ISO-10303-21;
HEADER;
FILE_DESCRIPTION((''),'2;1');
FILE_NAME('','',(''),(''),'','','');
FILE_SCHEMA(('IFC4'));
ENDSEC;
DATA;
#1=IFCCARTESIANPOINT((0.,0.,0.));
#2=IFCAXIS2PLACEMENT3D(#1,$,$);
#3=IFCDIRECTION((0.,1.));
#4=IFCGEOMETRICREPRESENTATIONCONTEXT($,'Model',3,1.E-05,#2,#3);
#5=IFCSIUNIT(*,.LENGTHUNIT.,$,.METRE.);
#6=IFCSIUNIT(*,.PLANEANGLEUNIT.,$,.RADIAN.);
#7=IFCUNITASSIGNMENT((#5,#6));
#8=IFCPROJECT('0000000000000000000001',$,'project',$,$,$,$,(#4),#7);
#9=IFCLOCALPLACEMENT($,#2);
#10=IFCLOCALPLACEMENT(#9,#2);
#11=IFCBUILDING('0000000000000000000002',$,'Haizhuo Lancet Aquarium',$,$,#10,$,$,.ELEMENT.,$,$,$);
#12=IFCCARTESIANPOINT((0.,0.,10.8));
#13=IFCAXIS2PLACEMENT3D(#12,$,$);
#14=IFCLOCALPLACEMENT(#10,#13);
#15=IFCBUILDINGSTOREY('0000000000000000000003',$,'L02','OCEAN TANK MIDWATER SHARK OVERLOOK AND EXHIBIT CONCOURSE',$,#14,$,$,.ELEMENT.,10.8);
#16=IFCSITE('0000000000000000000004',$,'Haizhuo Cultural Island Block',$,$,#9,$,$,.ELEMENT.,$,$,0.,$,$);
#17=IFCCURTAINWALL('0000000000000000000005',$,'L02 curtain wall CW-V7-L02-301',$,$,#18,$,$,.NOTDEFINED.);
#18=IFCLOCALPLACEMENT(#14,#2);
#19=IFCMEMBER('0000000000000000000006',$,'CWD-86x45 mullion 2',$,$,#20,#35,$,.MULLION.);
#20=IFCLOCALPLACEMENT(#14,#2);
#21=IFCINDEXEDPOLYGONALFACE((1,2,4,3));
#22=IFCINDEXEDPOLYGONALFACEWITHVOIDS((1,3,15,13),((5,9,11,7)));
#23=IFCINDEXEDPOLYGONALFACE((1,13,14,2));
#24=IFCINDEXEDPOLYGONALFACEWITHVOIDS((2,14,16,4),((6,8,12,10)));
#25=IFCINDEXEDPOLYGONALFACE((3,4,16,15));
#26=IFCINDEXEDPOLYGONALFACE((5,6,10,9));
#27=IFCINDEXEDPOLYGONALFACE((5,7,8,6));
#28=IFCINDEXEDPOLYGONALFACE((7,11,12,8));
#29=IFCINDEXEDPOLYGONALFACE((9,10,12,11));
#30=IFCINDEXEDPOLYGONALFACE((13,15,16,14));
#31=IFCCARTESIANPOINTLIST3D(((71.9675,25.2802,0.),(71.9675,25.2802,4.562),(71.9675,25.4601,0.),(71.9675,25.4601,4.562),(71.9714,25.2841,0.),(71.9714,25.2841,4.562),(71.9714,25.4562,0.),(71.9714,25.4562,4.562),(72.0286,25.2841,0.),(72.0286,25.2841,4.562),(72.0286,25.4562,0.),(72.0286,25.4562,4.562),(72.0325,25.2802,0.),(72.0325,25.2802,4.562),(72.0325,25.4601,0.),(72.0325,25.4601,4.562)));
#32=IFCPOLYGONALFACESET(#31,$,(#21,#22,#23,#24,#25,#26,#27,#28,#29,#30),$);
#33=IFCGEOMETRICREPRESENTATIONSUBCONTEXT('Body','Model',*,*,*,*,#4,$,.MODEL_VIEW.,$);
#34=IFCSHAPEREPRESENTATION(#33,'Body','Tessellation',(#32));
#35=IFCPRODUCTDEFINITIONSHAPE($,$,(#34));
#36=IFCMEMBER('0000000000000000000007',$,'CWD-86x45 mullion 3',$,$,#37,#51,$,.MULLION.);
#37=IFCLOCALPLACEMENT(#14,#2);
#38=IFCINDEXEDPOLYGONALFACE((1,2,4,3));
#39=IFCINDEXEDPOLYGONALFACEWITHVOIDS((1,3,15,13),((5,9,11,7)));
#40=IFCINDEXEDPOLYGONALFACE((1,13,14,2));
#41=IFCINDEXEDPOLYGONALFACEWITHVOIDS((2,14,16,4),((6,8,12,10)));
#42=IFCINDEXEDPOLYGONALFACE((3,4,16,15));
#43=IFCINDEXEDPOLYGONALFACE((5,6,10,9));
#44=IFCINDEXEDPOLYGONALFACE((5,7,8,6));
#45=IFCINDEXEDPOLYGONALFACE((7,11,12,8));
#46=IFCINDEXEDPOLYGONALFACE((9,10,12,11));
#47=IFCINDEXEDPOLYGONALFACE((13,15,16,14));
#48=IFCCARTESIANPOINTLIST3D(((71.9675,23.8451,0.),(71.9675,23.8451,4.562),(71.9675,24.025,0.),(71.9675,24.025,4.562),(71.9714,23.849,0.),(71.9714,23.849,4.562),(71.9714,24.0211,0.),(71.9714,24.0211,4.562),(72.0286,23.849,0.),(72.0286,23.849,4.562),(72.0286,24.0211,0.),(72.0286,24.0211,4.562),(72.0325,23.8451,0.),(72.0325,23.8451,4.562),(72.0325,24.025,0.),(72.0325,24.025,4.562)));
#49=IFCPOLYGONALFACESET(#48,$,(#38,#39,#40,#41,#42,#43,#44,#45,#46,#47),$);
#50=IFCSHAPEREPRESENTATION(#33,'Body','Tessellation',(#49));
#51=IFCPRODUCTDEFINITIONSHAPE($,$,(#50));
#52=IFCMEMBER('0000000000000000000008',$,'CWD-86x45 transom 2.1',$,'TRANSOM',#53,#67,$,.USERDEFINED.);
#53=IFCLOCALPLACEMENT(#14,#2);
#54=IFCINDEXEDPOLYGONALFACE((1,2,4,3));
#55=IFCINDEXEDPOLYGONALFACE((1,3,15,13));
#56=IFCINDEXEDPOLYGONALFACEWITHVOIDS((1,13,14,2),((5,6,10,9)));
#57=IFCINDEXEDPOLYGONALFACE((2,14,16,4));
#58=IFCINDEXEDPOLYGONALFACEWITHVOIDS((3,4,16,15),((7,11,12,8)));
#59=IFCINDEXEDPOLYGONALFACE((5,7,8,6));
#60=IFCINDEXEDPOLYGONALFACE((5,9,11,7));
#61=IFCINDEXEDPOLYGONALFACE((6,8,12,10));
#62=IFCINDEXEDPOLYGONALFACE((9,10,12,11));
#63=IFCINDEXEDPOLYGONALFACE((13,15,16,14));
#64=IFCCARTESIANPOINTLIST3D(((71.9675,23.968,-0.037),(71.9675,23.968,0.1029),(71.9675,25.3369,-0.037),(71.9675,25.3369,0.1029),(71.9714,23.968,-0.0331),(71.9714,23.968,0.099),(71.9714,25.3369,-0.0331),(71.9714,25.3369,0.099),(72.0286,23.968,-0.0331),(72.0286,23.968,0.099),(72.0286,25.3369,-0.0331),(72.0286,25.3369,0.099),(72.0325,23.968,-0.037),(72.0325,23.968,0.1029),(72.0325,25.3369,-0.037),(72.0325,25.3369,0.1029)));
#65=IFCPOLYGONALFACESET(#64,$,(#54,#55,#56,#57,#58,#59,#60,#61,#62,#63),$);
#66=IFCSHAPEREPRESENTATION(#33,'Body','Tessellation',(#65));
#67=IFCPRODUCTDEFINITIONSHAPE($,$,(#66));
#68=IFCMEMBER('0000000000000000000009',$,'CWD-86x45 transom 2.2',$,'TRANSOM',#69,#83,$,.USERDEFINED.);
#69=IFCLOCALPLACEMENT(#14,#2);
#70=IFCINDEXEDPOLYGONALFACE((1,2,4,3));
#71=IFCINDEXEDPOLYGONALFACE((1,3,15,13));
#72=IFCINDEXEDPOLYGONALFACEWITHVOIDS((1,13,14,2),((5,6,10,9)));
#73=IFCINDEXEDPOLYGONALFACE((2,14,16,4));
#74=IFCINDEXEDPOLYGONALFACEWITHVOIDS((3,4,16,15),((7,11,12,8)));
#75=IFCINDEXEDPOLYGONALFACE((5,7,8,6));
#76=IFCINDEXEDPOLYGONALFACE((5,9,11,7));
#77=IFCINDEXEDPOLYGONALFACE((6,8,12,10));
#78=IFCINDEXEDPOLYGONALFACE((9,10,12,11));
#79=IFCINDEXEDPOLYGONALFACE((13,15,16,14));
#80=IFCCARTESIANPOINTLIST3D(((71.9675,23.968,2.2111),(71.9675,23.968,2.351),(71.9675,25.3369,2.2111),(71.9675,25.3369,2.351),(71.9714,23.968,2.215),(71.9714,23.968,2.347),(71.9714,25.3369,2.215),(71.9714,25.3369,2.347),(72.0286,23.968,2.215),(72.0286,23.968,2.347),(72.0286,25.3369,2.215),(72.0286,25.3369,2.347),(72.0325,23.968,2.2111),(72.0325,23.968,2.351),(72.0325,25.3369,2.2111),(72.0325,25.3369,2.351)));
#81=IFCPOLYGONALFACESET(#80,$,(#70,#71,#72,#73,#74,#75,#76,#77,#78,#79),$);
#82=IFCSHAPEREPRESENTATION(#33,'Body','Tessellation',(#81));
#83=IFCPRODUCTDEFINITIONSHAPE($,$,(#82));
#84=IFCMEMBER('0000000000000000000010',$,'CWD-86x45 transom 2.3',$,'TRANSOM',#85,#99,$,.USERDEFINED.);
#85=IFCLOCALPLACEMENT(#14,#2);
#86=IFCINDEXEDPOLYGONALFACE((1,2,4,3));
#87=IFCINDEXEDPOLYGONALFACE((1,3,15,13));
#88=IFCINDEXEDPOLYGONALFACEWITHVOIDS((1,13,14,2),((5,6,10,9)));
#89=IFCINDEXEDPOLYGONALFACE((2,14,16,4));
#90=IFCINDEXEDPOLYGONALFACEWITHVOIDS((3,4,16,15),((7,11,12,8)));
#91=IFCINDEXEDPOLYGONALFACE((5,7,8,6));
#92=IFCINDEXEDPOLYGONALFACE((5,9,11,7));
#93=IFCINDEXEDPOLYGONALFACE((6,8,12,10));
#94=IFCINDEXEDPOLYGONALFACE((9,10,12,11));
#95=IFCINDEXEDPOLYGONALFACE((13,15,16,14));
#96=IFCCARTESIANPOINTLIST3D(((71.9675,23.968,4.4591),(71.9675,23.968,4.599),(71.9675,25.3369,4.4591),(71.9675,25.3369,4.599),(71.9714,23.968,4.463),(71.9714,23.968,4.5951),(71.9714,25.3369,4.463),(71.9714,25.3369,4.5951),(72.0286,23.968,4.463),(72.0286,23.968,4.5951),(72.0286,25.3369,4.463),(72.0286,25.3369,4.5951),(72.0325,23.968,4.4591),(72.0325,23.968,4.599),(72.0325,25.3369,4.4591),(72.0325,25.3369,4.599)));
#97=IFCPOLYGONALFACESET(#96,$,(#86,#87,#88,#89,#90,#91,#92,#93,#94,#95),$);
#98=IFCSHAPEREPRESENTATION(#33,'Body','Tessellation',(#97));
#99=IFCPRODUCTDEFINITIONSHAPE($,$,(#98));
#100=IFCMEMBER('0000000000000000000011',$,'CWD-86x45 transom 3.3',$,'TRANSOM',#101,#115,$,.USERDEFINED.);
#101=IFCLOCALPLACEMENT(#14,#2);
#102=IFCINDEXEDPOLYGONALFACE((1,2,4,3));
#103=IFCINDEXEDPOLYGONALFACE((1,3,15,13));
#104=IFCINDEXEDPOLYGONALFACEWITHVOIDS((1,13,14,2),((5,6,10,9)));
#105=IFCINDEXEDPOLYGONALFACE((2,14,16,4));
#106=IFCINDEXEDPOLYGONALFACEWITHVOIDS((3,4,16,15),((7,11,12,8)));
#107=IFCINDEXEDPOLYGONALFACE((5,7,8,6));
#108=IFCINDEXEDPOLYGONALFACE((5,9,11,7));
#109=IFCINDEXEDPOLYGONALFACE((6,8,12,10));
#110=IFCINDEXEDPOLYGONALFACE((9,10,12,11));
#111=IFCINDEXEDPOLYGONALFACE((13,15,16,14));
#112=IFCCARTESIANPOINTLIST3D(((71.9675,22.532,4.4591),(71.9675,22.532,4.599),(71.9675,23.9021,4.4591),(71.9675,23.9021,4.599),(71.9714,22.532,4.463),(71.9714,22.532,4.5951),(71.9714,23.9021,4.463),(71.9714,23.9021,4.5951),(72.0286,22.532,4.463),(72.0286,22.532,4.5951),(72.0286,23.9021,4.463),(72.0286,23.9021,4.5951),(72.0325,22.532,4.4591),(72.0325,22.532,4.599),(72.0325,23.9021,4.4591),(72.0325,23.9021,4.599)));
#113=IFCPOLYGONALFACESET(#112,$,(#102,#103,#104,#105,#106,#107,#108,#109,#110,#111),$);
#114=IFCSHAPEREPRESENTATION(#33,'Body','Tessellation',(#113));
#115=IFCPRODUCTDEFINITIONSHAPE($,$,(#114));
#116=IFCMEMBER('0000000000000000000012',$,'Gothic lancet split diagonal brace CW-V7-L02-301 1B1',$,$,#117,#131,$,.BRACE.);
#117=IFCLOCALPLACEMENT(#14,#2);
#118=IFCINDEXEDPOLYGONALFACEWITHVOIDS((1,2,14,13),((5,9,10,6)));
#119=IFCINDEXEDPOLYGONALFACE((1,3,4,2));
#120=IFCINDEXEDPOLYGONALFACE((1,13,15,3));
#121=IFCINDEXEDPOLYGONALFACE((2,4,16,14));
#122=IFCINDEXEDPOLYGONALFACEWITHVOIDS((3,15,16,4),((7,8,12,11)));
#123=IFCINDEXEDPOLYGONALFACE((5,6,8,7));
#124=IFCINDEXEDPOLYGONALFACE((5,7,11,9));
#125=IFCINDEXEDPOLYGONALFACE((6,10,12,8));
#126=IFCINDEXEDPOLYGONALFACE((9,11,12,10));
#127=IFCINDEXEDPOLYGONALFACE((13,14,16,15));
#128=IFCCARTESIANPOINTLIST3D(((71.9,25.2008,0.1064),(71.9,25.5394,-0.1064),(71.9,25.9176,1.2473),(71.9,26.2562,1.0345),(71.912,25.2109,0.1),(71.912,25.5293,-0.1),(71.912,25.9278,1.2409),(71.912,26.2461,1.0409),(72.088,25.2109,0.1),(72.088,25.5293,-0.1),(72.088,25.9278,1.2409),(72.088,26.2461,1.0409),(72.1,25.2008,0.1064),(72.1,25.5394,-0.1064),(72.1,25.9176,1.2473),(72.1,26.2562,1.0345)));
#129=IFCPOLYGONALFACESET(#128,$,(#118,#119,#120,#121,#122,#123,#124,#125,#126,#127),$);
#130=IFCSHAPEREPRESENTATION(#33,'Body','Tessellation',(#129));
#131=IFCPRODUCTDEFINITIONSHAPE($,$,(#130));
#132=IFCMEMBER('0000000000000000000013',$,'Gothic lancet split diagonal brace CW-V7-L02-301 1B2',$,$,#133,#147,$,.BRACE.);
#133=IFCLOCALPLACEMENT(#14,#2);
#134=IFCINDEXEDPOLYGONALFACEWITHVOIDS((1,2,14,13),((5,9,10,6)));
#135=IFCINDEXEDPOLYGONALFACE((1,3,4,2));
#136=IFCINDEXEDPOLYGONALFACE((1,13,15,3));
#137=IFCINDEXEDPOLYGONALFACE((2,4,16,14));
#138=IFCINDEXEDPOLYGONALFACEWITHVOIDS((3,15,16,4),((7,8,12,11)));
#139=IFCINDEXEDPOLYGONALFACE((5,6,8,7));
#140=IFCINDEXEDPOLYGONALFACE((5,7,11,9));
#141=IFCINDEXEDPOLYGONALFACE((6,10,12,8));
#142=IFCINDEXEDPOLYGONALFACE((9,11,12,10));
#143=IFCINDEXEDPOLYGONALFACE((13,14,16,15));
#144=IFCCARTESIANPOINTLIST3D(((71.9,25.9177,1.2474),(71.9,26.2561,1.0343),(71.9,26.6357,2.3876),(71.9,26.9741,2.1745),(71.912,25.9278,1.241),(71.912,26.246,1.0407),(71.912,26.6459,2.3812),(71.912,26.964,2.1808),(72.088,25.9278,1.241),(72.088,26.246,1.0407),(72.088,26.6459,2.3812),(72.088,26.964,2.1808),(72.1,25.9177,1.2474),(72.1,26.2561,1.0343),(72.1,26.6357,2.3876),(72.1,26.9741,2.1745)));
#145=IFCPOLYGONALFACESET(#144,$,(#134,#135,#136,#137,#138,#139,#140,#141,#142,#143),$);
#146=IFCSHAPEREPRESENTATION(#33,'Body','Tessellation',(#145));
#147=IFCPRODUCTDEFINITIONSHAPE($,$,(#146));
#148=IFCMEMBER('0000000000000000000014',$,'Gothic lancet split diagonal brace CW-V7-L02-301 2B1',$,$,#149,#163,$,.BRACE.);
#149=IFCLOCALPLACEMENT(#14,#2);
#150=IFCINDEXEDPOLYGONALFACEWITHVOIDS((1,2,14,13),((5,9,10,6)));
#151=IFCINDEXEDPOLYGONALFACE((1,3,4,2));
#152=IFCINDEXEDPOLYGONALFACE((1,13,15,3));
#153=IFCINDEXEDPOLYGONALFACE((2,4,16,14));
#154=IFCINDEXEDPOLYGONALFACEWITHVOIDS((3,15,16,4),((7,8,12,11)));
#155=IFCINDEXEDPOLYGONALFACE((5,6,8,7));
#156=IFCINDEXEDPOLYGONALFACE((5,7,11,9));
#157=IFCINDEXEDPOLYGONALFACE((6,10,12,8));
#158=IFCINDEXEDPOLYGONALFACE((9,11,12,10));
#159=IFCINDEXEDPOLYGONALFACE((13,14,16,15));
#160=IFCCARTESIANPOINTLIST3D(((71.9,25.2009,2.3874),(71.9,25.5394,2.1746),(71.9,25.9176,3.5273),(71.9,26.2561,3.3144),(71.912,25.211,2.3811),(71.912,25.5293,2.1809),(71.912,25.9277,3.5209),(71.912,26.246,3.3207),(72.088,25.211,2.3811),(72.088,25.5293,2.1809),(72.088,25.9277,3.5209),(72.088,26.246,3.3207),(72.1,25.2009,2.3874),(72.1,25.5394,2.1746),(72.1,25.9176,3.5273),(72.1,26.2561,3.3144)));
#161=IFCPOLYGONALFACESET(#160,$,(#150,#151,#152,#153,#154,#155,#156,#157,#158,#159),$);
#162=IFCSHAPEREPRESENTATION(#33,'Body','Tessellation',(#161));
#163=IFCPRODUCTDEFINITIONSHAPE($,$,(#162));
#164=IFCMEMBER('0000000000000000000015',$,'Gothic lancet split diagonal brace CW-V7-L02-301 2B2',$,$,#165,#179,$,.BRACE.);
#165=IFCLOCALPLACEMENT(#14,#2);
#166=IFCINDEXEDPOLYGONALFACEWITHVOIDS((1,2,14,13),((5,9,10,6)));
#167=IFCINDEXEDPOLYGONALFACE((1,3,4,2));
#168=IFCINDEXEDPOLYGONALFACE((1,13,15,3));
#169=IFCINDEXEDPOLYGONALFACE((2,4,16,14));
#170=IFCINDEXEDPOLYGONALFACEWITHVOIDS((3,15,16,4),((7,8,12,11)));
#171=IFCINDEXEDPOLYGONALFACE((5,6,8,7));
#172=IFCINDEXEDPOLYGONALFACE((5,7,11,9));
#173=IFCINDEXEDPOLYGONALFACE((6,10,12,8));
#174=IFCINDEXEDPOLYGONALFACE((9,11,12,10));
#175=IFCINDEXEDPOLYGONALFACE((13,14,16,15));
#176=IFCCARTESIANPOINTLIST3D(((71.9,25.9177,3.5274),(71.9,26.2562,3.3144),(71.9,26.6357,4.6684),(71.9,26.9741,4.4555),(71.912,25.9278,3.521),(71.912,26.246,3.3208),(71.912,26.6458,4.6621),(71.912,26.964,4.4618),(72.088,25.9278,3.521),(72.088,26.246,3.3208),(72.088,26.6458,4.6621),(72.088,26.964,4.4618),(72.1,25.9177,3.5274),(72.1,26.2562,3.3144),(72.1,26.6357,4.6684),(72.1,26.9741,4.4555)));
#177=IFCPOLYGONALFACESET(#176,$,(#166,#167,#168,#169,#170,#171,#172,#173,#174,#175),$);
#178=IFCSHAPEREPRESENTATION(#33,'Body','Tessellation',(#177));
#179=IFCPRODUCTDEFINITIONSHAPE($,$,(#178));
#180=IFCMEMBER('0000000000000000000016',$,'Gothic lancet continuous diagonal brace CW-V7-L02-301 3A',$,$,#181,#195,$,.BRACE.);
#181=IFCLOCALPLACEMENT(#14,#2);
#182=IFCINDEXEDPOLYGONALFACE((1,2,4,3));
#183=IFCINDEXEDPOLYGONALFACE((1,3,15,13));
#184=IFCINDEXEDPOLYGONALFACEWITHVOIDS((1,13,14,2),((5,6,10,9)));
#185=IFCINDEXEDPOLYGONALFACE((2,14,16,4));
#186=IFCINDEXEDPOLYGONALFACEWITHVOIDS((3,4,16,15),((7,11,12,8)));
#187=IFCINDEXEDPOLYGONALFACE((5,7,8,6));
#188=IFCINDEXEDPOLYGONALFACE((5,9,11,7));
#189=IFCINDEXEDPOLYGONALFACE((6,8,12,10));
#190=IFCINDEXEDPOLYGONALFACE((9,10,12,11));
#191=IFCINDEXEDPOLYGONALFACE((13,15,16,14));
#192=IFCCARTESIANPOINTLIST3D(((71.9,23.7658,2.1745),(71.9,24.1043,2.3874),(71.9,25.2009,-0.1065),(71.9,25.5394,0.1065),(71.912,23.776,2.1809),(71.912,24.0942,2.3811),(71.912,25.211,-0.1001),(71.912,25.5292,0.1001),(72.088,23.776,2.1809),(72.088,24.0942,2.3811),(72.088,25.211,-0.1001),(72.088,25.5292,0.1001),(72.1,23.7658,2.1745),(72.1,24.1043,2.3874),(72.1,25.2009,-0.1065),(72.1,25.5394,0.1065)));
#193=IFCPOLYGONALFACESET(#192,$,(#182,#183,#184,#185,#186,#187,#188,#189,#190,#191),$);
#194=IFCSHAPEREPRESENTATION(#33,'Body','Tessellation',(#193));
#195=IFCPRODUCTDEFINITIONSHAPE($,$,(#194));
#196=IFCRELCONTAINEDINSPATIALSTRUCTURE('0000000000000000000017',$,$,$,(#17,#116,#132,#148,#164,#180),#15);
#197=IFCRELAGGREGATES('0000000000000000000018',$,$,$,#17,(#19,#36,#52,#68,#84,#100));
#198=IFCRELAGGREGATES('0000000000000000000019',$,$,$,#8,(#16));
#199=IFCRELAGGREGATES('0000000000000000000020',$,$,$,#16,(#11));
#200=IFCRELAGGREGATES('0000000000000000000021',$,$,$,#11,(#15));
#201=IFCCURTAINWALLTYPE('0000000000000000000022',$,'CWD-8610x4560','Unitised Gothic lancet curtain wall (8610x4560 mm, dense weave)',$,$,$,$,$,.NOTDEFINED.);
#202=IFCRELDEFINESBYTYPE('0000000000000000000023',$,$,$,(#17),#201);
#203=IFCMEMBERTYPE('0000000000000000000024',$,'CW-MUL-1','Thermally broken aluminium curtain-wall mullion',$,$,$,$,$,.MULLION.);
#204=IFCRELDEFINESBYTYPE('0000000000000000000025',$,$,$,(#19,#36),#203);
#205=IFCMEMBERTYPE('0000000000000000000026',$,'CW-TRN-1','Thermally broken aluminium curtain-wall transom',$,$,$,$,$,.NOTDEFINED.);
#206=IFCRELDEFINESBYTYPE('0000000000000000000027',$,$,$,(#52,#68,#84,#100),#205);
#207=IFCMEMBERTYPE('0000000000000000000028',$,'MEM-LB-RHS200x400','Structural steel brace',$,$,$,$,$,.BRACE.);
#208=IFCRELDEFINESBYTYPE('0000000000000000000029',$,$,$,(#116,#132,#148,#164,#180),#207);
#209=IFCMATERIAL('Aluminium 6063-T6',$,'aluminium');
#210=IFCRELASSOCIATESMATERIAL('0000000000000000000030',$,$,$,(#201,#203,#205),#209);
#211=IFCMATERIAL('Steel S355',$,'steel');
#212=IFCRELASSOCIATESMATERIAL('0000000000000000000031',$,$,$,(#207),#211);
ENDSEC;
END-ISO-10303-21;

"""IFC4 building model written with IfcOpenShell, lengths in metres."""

from ifc_helpers import new_model, si_unit, direction, frame, origin, origin_2d, place, context, subcontext, project, spatial, hollow_rectangle, extrude, material, material_profile, profile_set, type_object, element, aggregate, save


model = new_model("IFC4")

# Units and contexts
model_context = context("Model", 3, precision=1e-05, world=origin(), true_north=direction((0.0, 1.0)))
body_context = subcontext(model_context, "Body", "Model", "MODEL_VIEW")
ifc_project = project(units=[si_unit("LENGTHUNIT", "METRE"), si_unit("PLANEANGLEUNIT", "RADIAN")], contexts=[model_context])

# Site, building, storey
site_placement = place(None, origin())
site = spatial("IfcSite", under=ifc_project, at=site_placement, Name="Haizhuo Cultural Island Block", CompositionType="ELEMENT", RefElevation=0.0)
building_placement = place(site_placement, origin())
building = spatial("IfcBuilding", under=site, at=building_placement, Name="Haizhuo Lancet Aquarium", CompositionType="ELEMENT")
storey_placement = place(building_placement, frame((0.0, 0.0, 10.8)))
storey = spatial("IfcBuildingStorey", under=building, at=storey_placement, Name="L02", Description="OCEAN TANK MIDWATER SHARK OVERLOOK AND EXHIBIT CONCOURSE", CompositionType="ELEMENT", Elevation=10.8)

# Curtain wall, members
ifc_material_1 = material(Name="Aluminium 6063-T6", Category="aluminium")
curtain_wall_type = type_object("IfcCurtainWallType", Name="CWD-8610x4560", Description="Unitised Gothic lancet curtain wall (8610x4560 mm, dense weave)", PredefinedType="NOTDEFINED", material=ifc_material_1)
curtain_wall_placement = place(storey_placement, origin())
curtain_wall = element("IfcCurtainWall", 1, at=curtain_wall_placement, inside=storey, type_object=curtain_wall_type, Name="L02 curtain wall CW-V7-L02-301", PredefinedType="NOTDEFINED")
ifc_material_profile_1 = material_profile(ifc_material_1, hollow_rectangle(XDim=0.0649, YDim=0.1799, WallThickness=0.0039, at=origin_2d()), Name="ALU-M 65x180x4")
ifc_profile_set_1 = profile_set([ifc_material_profile_1], Name="Aluminium 6063-T6")
member_type_1 = type_object("IfcMemberType", Name="CW-MUL-1", Description="Thermally broken aluminium curtain-wall mullion", PredefinedType="MULLION", material=ifc_profile_set_1)
member_1_placement = place(storey_placement, frame((72.0, 25.3701, 0.0), z_axis=(0.0, 0.0, 1.0), x_axis=(1.0, 0.0, 0.0)))
member_1 = element("IfcMember", 2, at=member_1_placement, type_object=member_type_1, Name="CWD-86x45 mullion 2", PredefinedType="MULLION", context=body_context, shape_type="SweptSolid", body=[
    extrude(hollow_rectangle(XDim=0.0649, YDim=0.1799, WallThickness=0.0039, at=origin_2d()), origin(), (0.0, 0.0, 1.0), 4.562),
])
member_2_placement = place(storey_placement, frame((72.0, 23.9351, 0.0), z_axis=(0.0, 0.0, 1.0), x_axis=(1.0, 0.0, 0.0)))
member_2 = element("IfcMember", 3, at=member_2_placement, type_object=member_type_1, Name="CWD-86x45 mullion 3", PredefinedType="MULLION", context=body_context, shape_type="SweptSolid", body=[
    extrude(hollow_rectangle(XDim=0.0649, YDim=0.1799, WallThickness=0.0039, at=origin_2d()), origin(), (0.0, 0.0, 1.0), 4.562),
])
ifc_material_profile_2 = material_profile(ifc_material_1, hollow_rectangle(XDim=0.0649, YDim=0.1399, WallThickness=0.0039, at=origin_2d()), Name="ALU-T 65x140x4")
ifc_profile_set_2 = profile_set([ifc_material_profile_2], Name="Aluminium 6063-T6")
member_type_2 = type_object("IfcMemberType", Name="CW-TRN-1", Description="Thermally broken aluminium curtain-wall transom", PredefinedType="NOTDEFINED", material=ifc_profile_set_2)
member_3_placement = place(storey_placement, frame((72.0, 25.3369, 0.033), z_axis=(0.0, -1.0, 0.0), x_axis=(1.0, 0.0, 0.0)))
member_3 = element("IfcMember", 4, at=member_3_placement, type_object=member_type_2, Name="CWD-86x45 transom 2.1", ObjectType="TRANSOM", PredefinedType="USERDEFINED", context=body_context, shape_type="SweptSolid", body=[
    extrude(hollow_rectangle(XDim=0.0649, YDim=0.1399, WallThickness=0.0039, at=origin_2d()), origin(), (0.0, 0.0, 1.0), 1.3689),
])
member_4_placement = place(storey_placement, frame((72.0, 25.3369, 2.281), z_axis=(0.0, -1.0, 0.0), x_axis=(1.0, 0.0, 0.0)))
member_4 = element("IfcMember", 5, at=member_4_placement, type_object=member_type_2, Name="CWD-86x45 transom 2.2", ObjectType="TRANSOM", PredefinedType="USERDEFINED", context=body_context, shape_type="SweptSolid", body=[
    extrude(hollow_rectangle(XDim=0.0649, YDim=0.1399, WallThickness=0.0039, at=origin_2d()), origin(), (0.0, 0.0, 1.0), 1.3689),
])
member_5_placement = place(storey_placement, frame((72.0, 25.3369, 4.5291), z_axis=(0.0, -1.0, 0.0), x_axis=(1.0, 0.0, 0.0)))
member_5 = element("IfcMember", 6, at=member_5_placement, type_object=member_type_2, Name="CWD-86x45 transom 2.3", ObjectType="TRANSOM", PredefinedType="USERDEFINED", context=body_context, shape_type="SweptSolid", body=[
    extrude(hollow_rectangle(XDim=0.0649, YDim=0.1399, WallThickness=0.0039, at=origin_2d()), origin(), (0.0, 0.0, 1.0), 1.3689),
])
member_6_placement = place(storey_placement, frame((72.0, 23.9021, 4.5291), z_axis=(0.0, -1.0, 0.0), x_axis=(1.0, 0.0, 0.0)))
member_6 = element("IfcMember", 7, at=member_6_placement, type_object=member_type_2, Name="CWD-86x45 transom 3.3", ObjectType="TRANSOM", PredefinedType="USERDEFINED", context=body_context, shape_type="SweptSolid", body=[
    extrude(hollow_rectangle(XDim=0.0649, YDim=0.1399, WallThickness=0.0039, at=origin_2d()), origin(), (0.0, 0.0, 1.0), 1.3701),
])

# Members
ifc_material_2 = material(Name="Steel S355", Category="steel")
ifc_material_profile_3 = material_profile(ifc_material_2, hollow_rectangle(XDim=0.2, YDim=0.3999, WallThickness=0.012, at=origin_2d()), Name="RHS 200x400x12")
ifc_profile_set_3 = profile_set([ifc_material_profile_3], Name="Steel S355")
member_type_3 = type_object("IfcMemberType", Name="MEM-LB-RHS200x400", Description="Structural steel brace", PredefinedType="BRACE", material=ifc_profile_set_3)
for number, where, z_axis, x_axis, name in (
    (8, (72.0, 25.3701, 0.0), (0.0, 0.532001, 0.846744), (-1.0, 0.0, 0.0), "Gothic lancet split diagonal brace CW-V7-L02-301 1B1"),
    (9, (72.0, 26.0869, 1.1409), (0.0, 0.532895, 0.846181), (-1.0, 0.0, 0.0), "Gothic lancet split diagonal brace CW-V7-L02-301 1B2"),
):
    element("IfcMember", number, at=place(storey_placement, frame(where, z_axis=z_axis, x_axis=x_axis)), inside=storey, type_object=member_type_3, Name=name, PredefinedType="BRACE", context=body_context, shape_type="SweptSolid", body=[
        extrude(hollow_rectangle(XDim=0.2, YDim=0.3999, WallThickness=0.012, at=origin_2d()), origin(), (0.0, 0.0, 1.0), 1.3474),
    ])
member_7_placement = place(storey_placement, frame((72.0, 25.3701, 2.281), z_axis=(0.0, 0.532327, 0.846539), x_axis=(-1.0, 0.0, 0.0)))
element("IfcMember", 10, at=member_7_placement, inside=storey, type_object=member_type_3, Name="Gothic lancet split diagonal brace CW-V7-L02-301 2B1", PredefinedType="BRACE", context=body_context, shape_type="SweptSolid", body=[
    extrude(hollow_rectangle(XDim=0.2, YDim=0.3999, WallThickness=0.012, at=origin_2d()), origin(), (0.0, 0.0, 1.0), 1.3464),
])
member_8_placement = place(storey_placement, frame((72.0, 26.0869, 3.4209), z_axis=(0.0, 0.532568, 0.846387), x_axis=(-1.0, 0.0, 0.0)))
element("IfcMember", 11, at=member_8_placement, inside=storey, type_object=member_type_3, Name="Gothic lancet split diagonal brace CW-V7-L02-301 2B2", PredefinedType="BRACE", context=body_context, shape_type="SweptSolid", body=[
    extrude(hollow_rectangle(XDim=0.2, YDim=0.3999, WallThickness=0.012, at=origin_2d()), origin(), (0.0, 0.0, 1.0), 1.3481),
])
member_9_placement = place(storey_placement, frame((72.0, 25.3701, 0.0), z_axis=(0.0, -0.532513, 0.846422), x_axis=(1.0, 0.0, 0.0)))
element("IfcMember", 12, at=member_9_placement, inside=storey, type_object=member_type_3, Name="Gothic lancet continuous diagonal brace CW-V7-L02-301 3A", PredefinedType="BRACE", context=body_context, shape_type="SweptSolid", body=[
    extrude(hollow_rectangle(XDim=0.2, YDim=0.3999, WallThickness=0.012, at=origin_2d()), origin(), (0.0, 0.0, 1.0), 2.6948),
])

aggregate(curtain_wall, [member_1, member_2, member_3, member_4, member_5, member_6])

save(model, "model.ifc")
